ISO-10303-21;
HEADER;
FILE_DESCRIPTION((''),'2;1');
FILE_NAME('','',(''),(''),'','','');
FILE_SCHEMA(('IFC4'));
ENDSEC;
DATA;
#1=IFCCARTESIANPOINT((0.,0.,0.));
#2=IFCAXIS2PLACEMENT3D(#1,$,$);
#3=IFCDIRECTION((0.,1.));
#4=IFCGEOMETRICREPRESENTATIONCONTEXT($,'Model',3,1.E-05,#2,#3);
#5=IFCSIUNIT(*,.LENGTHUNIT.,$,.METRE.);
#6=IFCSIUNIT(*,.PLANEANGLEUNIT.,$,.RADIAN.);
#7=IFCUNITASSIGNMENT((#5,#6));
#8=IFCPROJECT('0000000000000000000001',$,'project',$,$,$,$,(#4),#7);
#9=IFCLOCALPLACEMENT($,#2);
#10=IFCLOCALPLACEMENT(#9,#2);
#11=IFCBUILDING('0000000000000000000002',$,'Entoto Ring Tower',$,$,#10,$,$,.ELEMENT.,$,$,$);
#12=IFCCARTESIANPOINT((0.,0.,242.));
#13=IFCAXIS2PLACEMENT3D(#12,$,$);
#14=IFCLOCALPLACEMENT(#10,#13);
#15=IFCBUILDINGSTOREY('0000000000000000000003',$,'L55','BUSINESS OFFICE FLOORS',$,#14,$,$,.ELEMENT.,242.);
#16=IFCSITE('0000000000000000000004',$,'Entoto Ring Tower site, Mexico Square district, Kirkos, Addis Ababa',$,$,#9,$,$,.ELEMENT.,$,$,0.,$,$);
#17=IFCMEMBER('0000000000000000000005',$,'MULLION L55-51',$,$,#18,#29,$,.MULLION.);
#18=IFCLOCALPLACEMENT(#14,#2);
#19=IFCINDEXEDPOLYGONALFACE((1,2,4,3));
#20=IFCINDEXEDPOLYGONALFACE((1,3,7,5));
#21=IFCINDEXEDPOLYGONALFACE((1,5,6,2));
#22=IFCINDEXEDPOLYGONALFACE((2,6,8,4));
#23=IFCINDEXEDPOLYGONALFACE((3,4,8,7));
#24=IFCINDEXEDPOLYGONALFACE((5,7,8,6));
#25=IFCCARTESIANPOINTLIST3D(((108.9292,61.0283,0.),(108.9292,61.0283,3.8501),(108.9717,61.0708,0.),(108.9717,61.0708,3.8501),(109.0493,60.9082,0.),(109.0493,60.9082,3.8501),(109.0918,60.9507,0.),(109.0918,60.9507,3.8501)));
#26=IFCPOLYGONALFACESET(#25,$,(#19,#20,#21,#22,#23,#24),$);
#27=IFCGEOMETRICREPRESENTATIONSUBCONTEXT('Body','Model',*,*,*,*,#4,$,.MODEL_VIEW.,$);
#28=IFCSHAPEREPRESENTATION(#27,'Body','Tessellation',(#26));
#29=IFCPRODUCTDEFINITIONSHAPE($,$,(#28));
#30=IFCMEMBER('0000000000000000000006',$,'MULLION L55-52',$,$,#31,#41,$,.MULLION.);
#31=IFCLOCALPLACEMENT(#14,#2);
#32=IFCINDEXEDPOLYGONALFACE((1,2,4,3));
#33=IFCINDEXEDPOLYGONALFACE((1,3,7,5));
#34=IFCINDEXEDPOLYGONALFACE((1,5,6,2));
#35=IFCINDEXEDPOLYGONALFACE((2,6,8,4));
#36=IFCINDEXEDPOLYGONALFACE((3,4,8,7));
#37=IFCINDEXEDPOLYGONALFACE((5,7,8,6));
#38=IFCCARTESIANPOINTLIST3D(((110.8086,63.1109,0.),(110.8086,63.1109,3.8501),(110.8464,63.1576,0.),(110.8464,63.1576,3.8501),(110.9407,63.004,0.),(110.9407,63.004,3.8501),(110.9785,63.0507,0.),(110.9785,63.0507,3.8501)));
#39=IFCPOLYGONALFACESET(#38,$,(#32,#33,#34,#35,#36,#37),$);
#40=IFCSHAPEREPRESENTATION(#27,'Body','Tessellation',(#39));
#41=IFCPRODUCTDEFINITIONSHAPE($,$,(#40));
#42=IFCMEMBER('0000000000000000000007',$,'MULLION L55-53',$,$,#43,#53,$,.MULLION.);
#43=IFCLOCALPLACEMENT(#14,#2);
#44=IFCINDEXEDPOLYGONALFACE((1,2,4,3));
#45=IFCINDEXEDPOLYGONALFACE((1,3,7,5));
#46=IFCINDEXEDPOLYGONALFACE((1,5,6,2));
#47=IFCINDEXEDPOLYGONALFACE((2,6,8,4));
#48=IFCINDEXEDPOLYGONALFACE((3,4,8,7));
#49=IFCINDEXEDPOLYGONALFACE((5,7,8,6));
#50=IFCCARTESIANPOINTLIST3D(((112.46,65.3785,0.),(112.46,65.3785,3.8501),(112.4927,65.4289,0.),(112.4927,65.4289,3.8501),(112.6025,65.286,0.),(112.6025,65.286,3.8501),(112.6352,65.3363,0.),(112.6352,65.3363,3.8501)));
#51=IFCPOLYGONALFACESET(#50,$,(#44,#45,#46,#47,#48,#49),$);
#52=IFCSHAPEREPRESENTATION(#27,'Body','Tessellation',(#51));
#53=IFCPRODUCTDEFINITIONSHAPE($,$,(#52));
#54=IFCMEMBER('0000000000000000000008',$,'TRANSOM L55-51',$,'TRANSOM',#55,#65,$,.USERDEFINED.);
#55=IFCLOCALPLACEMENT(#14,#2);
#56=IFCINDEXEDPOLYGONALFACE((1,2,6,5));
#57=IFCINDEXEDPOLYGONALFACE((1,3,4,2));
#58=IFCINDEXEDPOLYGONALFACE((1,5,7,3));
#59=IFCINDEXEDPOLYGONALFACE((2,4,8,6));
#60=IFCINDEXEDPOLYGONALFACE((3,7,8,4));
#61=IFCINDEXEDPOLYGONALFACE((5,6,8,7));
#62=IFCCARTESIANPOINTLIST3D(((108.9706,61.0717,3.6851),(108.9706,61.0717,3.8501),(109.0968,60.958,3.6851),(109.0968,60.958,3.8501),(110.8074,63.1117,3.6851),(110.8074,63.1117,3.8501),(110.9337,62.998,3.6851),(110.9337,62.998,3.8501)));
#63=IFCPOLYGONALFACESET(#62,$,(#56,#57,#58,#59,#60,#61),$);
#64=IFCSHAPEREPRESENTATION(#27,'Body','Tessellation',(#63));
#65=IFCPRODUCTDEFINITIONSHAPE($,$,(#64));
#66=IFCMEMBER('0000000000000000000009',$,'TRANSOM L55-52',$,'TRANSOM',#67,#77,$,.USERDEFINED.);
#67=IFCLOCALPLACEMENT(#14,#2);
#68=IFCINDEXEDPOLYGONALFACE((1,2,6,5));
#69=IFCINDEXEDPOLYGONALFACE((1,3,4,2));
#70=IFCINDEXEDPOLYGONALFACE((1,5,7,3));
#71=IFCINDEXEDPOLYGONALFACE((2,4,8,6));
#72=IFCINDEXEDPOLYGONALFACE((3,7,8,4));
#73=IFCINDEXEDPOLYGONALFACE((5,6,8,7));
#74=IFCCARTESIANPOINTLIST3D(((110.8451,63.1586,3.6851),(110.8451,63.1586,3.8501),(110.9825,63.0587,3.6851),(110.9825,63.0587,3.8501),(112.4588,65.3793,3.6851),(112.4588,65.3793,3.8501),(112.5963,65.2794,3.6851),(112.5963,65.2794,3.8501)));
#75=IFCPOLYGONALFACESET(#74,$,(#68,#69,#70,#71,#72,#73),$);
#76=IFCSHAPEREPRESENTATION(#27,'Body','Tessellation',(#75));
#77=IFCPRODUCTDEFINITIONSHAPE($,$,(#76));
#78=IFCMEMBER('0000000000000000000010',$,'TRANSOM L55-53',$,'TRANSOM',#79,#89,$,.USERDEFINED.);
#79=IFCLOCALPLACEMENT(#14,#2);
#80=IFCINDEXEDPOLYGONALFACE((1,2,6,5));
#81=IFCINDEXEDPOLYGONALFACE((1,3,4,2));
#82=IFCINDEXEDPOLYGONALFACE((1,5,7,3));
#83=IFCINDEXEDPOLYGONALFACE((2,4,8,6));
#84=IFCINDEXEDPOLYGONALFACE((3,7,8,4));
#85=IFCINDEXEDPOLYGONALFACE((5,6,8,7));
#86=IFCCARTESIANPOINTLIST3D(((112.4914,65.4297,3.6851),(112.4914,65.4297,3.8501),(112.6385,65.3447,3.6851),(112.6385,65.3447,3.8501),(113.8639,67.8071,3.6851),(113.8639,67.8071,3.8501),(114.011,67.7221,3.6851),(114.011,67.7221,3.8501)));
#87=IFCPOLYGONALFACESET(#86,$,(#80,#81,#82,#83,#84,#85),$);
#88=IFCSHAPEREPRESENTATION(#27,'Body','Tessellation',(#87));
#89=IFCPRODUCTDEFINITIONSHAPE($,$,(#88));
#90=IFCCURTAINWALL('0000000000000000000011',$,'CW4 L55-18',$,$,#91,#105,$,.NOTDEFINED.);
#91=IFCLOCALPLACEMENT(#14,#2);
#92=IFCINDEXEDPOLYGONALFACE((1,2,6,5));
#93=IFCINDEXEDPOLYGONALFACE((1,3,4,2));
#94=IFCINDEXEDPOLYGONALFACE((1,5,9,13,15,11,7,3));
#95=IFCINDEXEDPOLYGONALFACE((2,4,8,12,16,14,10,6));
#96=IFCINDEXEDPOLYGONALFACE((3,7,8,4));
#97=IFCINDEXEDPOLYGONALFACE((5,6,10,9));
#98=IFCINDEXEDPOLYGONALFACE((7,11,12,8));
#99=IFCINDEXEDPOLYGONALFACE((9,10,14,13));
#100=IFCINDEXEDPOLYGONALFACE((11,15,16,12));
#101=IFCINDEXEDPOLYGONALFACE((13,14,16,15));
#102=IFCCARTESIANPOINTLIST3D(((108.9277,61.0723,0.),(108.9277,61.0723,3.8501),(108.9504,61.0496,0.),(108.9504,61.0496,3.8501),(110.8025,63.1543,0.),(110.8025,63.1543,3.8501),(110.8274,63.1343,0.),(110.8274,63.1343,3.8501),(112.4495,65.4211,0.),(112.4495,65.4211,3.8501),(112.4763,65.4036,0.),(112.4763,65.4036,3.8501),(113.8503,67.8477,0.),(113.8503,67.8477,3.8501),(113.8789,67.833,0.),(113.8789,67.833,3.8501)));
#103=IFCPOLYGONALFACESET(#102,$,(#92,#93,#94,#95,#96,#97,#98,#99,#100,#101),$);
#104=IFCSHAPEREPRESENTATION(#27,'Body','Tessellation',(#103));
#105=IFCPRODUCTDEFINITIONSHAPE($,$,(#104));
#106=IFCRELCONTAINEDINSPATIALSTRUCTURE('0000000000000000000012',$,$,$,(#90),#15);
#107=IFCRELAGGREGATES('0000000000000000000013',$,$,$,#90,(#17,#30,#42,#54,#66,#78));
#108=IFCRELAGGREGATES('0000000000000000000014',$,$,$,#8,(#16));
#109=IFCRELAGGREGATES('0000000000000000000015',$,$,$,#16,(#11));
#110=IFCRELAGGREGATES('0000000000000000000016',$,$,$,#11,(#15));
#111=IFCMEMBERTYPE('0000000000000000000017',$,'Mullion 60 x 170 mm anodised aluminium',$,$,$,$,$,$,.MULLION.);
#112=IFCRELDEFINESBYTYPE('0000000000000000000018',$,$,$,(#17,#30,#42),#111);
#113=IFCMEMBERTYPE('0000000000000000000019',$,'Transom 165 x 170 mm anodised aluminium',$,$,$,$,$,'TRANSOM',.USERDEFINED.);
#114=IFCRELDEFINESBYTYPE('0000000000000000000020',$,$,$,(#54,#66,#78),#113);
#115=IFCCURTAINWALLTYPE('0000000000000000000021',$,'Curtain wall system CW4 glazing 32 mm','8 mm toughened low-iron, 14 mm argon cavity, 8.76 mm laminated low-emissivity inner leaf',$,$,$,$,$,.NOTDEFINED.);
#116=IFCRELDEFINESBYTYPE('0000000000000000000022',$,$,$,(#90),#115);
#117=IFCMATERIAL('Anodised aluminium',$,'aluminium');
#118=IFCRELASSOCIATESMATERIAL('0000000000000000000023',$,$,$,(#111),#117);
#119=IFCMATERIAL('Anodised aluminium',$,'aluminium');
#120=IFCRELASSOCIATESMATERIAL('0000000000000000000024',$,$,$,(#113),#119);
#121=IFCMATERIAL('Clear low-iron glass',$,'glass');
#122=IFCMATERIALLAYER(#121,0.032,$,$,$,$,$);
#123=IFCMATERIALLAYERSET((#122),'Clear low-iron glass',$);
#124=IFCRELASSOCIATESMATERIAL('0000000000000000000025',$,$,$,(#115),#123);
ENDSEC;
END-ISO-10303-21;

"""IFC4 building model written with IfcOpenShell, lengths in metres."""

from ifc_helpers import new_model, si_unit, direction, frame, origin, origin_2d, place, context, subcontext, project, spatial, polyline, rectangle, outline, extrude, material, layer, layer_set, material_profile, profile_set, type_object, element, aggregate, save


model = new_model("IFC4")

# Units and contexts
model_context = context("Model", 3, precision=1e-05, world=origin(), true_north=direction((0.0, 1.0)))
body_context = subcontext(model_context, "Body", "Model", "MODEL_VIEW")
ifc_project = project(units=[si_unit("LENGTHUNIT", "METRE"), si_unit("PLANEANGLEUNIT", "RADIAN")], contexts=[model_context])

# Members
ifc_material_1 = material(Name="Anodised aluminium", Category="aluminium")
ifc_material_profile_1 = material_profile(ifc_material_1, rectangle(XDim=0.0601, YDim=0.1699, at=origin_2d()), Name="Mullion 60 x 170 mm anodised aluminium")
ifc_profile_set_1 = profile_set([ifc_material_profile_1], Name="Anodised aluminium")
member_type_1 = type_object("IfcMemberType", Name="Mullion 60 x 170 mm anodised aluminium", PredefinedType="MULLION", material=ifc_profile_set_1)
site_placement = place(None, origin())
building_placement = place(site_placement, origin())
storey_placement = place(building_placement, frame((0.0, 0.0, 242.0)))
member_1_placement = place(storey_placement, frame((109.0105, 60.9895, 0.0), z_axis=(0.0, 0.0, 1.0), x_axis=(0.707107, 0.707107, 0.0)))
member_1 = element("IfcMember", 1, at=member_1_placement, type_object=member_type_1, Name="MULLION L55-51", PredefinedType="MULLION", context=body_context, shape_type="SweptSolid", body=[
    extrude(rectangle(XDim=0.0601, YDim=0.1699, at=origin_2d()), origin(), (0.0, 0.0, 1.0), 3.8501),
])
member_2_placement = place(storey_placement, frame((110.8936, 63.0808, 0.0), z_axis=(0.0, 0.0, 1.0), x_axis=(0.62932, 0.777146, 0.0)))
member_2 = element("IfcMember", 2, at=member_2_placement, type_object=member_type_1, Name="MULLION L55-52", PredefinedType="MULLION", context=body_context, shape_type="SweptSolid", body=[
    extrude(rectangle(XDim=0.0601, YDim=0.1699, at=origin_2d()), origin(), (0.0, 0.0, 1.0), 3.8501),
])
member_3_placement = place(storey_placement, frame((112.5476, 65.3574, 0.0), z_axis=(0.0, 0.0, 1.0), x_axis=(0.544639, 0.838671, 0.0)))
member_3 = element("IfcMember", 3, at=member_3_placement, type_object=member_type_1, Name="MULLION L55-53", PredefinedType="MULLION", context=body_context, shape_type="SweptSolid", body=[
    extrude(rectangle(XDim=0.0601, YDim=0.1699, at=origin_2d()), origin(), (0.0, 0.0, 1.0), 3.8501),
])
ifc_material_2 = material(Name="Anodised aluminium", Category="aluminium")
ifc_material_profile_2 = material_profile(ifc_material_2, rectangle(XDim=0.1699, YDim=0.165, at=origin_2d()), Name="Transom 165 x 170 mm anodised aluminium")
ifc_profile_set_2 = profile_set([ifc_material_profile_2], Name="Anodised aluminium")
member_type_2 = type_object("IfcMemberType", Name="Transom 165 x 170 mm anodised aluminium", ElementType="TRANSOM", PredefinedType="USERDEFINED", material=ifc_profile_set_2)
member_4_placement = place(storey_placement, frame((109.0337, 61.0149, 3.7676), z_axis=(0.669142, 0.743135, 0.0), x_axis=(-0.743135, 0.669142, 0.0)))
member_4 = element("IfcMember", 4, at=member_4_placement, type_object=member_type_2, Name="TRANSOM L55-51", ObjectType="TRANSOM", PredefinedType="USERDEFINED", context=body_context, shape_type="SweptSolid", body=[
    extrude(rectangle(XDim=0.1699, YDim=0.165, at=origin_2d()), origin(), (0.0, 0.0, 1.0), 2.7451),
])
member_5_placement = place(storey_placement, frame((110.9138, 63.1086, 3.7676), z_axis=(0.587865, 0.808959, 0.0), x_axis=(-0.808959, 0.587865, 0.0)))
member_5 = element("IfcMember", 5, at=member_5_placement, type_object=member_type_2, Name="TRANSOM L55-52", ObjectType="TRANSOM", PredefinedType="USERDEFINED", context=body_context, shape_type="SweptSolid", body=[
    extrude(rectangle(XDim=0.1699, YDim=0.165, at=origin_2d()), origin(), (0.0, 0.0, 1.0), 2.7451),
])
member_6_placement = place(storey_placement, frame((112.5649, 65.3872, 3.7676), z_axis=(0.499984, 0.866035, 0.0), x_axis=(-0.866035, 0.499984, 0.0)))
member_6 = element("IfcMember", 6, at=member_6_placement, type_object=member_type_2, Name="TRANSOM L55-53", ObjectType="TRANSOM", PredefinedType="USERDEFINED", context=body_context, shape_type="SweptSolid", body=[
    extrude(rectangle(XDim=0.1699, YDim=0.165, at=origin_2d()), origin(), (0.0, 0.0, 1.0), 2.7451),
])

# Site, building, storey
site = spatial("IfcSite", under=ifc_project, at=site_placement, Name="Entoto Ring Tower site, Mexico Square district, Kirkos, Addis Ababa", CompositionType="ELEMENT", RefElevation=0.0)
building = spatial("IfcBuilding", under=site, at=building_placement, Name="Entoto Ring Tower", CompositionType="ELEMENT")
storey = spatial("IfcBuildingStorey", under=building, at=storey_placement, Name="L55", Description="BUSINESS OFFICE FLOORS", CompositionType="ELEMENT", Elevation=242.0)

# Curtain wall
ifc_material_3 = material(Name="Clear low-iron glass", Category="glass")
ifc_layer_1 = layer(ifc_material_3, 0.032)
ifc_layer_set_1 = layer_set([ifc_layer_1], Name="Clear low-iron glass")
curtain_wall_type = type_object("IfcCurtainWallType", Name="Curtain wall system CW4 glazing 32 mm", Description="8 mm toughened low-iron, 14 mm argon cavity, 8.76 mm laminated low-emissivity inner leaf", PredefinedType="NOTDEFINED", material=ifc_layer_set_1)
curtain_wall_1_placement = place(storey_placement, origin())
curtain_wall_1 = element("IfcCurtainWall", 7, at=curtain_wall_1_placement, inside=storey, type_object=curtain_wall_type, Name="CW4 L55-18", PredefinedType="NOTDEFINED", context=body_context, shape_type="SweptSolid", body=[
    extrude(outline(polyline([(108.9504, 61.0496), (110.8274, 63.1343), (112.4763, 65.4036), (113.8789, 67.833), (113.8503, 67.8477), (112.4495, 65.4211), (110.8025, 63.1543), (108.9277, 61.0723), (108.9504, 61.0496)])), origin(), (0.0, 0.0, 1.0), 3.8501),
])
aggregate(curtain_wall_1, [member_1, member_2, member_3, member_4, member_5, member_6])

save(model, "model.ifc")
